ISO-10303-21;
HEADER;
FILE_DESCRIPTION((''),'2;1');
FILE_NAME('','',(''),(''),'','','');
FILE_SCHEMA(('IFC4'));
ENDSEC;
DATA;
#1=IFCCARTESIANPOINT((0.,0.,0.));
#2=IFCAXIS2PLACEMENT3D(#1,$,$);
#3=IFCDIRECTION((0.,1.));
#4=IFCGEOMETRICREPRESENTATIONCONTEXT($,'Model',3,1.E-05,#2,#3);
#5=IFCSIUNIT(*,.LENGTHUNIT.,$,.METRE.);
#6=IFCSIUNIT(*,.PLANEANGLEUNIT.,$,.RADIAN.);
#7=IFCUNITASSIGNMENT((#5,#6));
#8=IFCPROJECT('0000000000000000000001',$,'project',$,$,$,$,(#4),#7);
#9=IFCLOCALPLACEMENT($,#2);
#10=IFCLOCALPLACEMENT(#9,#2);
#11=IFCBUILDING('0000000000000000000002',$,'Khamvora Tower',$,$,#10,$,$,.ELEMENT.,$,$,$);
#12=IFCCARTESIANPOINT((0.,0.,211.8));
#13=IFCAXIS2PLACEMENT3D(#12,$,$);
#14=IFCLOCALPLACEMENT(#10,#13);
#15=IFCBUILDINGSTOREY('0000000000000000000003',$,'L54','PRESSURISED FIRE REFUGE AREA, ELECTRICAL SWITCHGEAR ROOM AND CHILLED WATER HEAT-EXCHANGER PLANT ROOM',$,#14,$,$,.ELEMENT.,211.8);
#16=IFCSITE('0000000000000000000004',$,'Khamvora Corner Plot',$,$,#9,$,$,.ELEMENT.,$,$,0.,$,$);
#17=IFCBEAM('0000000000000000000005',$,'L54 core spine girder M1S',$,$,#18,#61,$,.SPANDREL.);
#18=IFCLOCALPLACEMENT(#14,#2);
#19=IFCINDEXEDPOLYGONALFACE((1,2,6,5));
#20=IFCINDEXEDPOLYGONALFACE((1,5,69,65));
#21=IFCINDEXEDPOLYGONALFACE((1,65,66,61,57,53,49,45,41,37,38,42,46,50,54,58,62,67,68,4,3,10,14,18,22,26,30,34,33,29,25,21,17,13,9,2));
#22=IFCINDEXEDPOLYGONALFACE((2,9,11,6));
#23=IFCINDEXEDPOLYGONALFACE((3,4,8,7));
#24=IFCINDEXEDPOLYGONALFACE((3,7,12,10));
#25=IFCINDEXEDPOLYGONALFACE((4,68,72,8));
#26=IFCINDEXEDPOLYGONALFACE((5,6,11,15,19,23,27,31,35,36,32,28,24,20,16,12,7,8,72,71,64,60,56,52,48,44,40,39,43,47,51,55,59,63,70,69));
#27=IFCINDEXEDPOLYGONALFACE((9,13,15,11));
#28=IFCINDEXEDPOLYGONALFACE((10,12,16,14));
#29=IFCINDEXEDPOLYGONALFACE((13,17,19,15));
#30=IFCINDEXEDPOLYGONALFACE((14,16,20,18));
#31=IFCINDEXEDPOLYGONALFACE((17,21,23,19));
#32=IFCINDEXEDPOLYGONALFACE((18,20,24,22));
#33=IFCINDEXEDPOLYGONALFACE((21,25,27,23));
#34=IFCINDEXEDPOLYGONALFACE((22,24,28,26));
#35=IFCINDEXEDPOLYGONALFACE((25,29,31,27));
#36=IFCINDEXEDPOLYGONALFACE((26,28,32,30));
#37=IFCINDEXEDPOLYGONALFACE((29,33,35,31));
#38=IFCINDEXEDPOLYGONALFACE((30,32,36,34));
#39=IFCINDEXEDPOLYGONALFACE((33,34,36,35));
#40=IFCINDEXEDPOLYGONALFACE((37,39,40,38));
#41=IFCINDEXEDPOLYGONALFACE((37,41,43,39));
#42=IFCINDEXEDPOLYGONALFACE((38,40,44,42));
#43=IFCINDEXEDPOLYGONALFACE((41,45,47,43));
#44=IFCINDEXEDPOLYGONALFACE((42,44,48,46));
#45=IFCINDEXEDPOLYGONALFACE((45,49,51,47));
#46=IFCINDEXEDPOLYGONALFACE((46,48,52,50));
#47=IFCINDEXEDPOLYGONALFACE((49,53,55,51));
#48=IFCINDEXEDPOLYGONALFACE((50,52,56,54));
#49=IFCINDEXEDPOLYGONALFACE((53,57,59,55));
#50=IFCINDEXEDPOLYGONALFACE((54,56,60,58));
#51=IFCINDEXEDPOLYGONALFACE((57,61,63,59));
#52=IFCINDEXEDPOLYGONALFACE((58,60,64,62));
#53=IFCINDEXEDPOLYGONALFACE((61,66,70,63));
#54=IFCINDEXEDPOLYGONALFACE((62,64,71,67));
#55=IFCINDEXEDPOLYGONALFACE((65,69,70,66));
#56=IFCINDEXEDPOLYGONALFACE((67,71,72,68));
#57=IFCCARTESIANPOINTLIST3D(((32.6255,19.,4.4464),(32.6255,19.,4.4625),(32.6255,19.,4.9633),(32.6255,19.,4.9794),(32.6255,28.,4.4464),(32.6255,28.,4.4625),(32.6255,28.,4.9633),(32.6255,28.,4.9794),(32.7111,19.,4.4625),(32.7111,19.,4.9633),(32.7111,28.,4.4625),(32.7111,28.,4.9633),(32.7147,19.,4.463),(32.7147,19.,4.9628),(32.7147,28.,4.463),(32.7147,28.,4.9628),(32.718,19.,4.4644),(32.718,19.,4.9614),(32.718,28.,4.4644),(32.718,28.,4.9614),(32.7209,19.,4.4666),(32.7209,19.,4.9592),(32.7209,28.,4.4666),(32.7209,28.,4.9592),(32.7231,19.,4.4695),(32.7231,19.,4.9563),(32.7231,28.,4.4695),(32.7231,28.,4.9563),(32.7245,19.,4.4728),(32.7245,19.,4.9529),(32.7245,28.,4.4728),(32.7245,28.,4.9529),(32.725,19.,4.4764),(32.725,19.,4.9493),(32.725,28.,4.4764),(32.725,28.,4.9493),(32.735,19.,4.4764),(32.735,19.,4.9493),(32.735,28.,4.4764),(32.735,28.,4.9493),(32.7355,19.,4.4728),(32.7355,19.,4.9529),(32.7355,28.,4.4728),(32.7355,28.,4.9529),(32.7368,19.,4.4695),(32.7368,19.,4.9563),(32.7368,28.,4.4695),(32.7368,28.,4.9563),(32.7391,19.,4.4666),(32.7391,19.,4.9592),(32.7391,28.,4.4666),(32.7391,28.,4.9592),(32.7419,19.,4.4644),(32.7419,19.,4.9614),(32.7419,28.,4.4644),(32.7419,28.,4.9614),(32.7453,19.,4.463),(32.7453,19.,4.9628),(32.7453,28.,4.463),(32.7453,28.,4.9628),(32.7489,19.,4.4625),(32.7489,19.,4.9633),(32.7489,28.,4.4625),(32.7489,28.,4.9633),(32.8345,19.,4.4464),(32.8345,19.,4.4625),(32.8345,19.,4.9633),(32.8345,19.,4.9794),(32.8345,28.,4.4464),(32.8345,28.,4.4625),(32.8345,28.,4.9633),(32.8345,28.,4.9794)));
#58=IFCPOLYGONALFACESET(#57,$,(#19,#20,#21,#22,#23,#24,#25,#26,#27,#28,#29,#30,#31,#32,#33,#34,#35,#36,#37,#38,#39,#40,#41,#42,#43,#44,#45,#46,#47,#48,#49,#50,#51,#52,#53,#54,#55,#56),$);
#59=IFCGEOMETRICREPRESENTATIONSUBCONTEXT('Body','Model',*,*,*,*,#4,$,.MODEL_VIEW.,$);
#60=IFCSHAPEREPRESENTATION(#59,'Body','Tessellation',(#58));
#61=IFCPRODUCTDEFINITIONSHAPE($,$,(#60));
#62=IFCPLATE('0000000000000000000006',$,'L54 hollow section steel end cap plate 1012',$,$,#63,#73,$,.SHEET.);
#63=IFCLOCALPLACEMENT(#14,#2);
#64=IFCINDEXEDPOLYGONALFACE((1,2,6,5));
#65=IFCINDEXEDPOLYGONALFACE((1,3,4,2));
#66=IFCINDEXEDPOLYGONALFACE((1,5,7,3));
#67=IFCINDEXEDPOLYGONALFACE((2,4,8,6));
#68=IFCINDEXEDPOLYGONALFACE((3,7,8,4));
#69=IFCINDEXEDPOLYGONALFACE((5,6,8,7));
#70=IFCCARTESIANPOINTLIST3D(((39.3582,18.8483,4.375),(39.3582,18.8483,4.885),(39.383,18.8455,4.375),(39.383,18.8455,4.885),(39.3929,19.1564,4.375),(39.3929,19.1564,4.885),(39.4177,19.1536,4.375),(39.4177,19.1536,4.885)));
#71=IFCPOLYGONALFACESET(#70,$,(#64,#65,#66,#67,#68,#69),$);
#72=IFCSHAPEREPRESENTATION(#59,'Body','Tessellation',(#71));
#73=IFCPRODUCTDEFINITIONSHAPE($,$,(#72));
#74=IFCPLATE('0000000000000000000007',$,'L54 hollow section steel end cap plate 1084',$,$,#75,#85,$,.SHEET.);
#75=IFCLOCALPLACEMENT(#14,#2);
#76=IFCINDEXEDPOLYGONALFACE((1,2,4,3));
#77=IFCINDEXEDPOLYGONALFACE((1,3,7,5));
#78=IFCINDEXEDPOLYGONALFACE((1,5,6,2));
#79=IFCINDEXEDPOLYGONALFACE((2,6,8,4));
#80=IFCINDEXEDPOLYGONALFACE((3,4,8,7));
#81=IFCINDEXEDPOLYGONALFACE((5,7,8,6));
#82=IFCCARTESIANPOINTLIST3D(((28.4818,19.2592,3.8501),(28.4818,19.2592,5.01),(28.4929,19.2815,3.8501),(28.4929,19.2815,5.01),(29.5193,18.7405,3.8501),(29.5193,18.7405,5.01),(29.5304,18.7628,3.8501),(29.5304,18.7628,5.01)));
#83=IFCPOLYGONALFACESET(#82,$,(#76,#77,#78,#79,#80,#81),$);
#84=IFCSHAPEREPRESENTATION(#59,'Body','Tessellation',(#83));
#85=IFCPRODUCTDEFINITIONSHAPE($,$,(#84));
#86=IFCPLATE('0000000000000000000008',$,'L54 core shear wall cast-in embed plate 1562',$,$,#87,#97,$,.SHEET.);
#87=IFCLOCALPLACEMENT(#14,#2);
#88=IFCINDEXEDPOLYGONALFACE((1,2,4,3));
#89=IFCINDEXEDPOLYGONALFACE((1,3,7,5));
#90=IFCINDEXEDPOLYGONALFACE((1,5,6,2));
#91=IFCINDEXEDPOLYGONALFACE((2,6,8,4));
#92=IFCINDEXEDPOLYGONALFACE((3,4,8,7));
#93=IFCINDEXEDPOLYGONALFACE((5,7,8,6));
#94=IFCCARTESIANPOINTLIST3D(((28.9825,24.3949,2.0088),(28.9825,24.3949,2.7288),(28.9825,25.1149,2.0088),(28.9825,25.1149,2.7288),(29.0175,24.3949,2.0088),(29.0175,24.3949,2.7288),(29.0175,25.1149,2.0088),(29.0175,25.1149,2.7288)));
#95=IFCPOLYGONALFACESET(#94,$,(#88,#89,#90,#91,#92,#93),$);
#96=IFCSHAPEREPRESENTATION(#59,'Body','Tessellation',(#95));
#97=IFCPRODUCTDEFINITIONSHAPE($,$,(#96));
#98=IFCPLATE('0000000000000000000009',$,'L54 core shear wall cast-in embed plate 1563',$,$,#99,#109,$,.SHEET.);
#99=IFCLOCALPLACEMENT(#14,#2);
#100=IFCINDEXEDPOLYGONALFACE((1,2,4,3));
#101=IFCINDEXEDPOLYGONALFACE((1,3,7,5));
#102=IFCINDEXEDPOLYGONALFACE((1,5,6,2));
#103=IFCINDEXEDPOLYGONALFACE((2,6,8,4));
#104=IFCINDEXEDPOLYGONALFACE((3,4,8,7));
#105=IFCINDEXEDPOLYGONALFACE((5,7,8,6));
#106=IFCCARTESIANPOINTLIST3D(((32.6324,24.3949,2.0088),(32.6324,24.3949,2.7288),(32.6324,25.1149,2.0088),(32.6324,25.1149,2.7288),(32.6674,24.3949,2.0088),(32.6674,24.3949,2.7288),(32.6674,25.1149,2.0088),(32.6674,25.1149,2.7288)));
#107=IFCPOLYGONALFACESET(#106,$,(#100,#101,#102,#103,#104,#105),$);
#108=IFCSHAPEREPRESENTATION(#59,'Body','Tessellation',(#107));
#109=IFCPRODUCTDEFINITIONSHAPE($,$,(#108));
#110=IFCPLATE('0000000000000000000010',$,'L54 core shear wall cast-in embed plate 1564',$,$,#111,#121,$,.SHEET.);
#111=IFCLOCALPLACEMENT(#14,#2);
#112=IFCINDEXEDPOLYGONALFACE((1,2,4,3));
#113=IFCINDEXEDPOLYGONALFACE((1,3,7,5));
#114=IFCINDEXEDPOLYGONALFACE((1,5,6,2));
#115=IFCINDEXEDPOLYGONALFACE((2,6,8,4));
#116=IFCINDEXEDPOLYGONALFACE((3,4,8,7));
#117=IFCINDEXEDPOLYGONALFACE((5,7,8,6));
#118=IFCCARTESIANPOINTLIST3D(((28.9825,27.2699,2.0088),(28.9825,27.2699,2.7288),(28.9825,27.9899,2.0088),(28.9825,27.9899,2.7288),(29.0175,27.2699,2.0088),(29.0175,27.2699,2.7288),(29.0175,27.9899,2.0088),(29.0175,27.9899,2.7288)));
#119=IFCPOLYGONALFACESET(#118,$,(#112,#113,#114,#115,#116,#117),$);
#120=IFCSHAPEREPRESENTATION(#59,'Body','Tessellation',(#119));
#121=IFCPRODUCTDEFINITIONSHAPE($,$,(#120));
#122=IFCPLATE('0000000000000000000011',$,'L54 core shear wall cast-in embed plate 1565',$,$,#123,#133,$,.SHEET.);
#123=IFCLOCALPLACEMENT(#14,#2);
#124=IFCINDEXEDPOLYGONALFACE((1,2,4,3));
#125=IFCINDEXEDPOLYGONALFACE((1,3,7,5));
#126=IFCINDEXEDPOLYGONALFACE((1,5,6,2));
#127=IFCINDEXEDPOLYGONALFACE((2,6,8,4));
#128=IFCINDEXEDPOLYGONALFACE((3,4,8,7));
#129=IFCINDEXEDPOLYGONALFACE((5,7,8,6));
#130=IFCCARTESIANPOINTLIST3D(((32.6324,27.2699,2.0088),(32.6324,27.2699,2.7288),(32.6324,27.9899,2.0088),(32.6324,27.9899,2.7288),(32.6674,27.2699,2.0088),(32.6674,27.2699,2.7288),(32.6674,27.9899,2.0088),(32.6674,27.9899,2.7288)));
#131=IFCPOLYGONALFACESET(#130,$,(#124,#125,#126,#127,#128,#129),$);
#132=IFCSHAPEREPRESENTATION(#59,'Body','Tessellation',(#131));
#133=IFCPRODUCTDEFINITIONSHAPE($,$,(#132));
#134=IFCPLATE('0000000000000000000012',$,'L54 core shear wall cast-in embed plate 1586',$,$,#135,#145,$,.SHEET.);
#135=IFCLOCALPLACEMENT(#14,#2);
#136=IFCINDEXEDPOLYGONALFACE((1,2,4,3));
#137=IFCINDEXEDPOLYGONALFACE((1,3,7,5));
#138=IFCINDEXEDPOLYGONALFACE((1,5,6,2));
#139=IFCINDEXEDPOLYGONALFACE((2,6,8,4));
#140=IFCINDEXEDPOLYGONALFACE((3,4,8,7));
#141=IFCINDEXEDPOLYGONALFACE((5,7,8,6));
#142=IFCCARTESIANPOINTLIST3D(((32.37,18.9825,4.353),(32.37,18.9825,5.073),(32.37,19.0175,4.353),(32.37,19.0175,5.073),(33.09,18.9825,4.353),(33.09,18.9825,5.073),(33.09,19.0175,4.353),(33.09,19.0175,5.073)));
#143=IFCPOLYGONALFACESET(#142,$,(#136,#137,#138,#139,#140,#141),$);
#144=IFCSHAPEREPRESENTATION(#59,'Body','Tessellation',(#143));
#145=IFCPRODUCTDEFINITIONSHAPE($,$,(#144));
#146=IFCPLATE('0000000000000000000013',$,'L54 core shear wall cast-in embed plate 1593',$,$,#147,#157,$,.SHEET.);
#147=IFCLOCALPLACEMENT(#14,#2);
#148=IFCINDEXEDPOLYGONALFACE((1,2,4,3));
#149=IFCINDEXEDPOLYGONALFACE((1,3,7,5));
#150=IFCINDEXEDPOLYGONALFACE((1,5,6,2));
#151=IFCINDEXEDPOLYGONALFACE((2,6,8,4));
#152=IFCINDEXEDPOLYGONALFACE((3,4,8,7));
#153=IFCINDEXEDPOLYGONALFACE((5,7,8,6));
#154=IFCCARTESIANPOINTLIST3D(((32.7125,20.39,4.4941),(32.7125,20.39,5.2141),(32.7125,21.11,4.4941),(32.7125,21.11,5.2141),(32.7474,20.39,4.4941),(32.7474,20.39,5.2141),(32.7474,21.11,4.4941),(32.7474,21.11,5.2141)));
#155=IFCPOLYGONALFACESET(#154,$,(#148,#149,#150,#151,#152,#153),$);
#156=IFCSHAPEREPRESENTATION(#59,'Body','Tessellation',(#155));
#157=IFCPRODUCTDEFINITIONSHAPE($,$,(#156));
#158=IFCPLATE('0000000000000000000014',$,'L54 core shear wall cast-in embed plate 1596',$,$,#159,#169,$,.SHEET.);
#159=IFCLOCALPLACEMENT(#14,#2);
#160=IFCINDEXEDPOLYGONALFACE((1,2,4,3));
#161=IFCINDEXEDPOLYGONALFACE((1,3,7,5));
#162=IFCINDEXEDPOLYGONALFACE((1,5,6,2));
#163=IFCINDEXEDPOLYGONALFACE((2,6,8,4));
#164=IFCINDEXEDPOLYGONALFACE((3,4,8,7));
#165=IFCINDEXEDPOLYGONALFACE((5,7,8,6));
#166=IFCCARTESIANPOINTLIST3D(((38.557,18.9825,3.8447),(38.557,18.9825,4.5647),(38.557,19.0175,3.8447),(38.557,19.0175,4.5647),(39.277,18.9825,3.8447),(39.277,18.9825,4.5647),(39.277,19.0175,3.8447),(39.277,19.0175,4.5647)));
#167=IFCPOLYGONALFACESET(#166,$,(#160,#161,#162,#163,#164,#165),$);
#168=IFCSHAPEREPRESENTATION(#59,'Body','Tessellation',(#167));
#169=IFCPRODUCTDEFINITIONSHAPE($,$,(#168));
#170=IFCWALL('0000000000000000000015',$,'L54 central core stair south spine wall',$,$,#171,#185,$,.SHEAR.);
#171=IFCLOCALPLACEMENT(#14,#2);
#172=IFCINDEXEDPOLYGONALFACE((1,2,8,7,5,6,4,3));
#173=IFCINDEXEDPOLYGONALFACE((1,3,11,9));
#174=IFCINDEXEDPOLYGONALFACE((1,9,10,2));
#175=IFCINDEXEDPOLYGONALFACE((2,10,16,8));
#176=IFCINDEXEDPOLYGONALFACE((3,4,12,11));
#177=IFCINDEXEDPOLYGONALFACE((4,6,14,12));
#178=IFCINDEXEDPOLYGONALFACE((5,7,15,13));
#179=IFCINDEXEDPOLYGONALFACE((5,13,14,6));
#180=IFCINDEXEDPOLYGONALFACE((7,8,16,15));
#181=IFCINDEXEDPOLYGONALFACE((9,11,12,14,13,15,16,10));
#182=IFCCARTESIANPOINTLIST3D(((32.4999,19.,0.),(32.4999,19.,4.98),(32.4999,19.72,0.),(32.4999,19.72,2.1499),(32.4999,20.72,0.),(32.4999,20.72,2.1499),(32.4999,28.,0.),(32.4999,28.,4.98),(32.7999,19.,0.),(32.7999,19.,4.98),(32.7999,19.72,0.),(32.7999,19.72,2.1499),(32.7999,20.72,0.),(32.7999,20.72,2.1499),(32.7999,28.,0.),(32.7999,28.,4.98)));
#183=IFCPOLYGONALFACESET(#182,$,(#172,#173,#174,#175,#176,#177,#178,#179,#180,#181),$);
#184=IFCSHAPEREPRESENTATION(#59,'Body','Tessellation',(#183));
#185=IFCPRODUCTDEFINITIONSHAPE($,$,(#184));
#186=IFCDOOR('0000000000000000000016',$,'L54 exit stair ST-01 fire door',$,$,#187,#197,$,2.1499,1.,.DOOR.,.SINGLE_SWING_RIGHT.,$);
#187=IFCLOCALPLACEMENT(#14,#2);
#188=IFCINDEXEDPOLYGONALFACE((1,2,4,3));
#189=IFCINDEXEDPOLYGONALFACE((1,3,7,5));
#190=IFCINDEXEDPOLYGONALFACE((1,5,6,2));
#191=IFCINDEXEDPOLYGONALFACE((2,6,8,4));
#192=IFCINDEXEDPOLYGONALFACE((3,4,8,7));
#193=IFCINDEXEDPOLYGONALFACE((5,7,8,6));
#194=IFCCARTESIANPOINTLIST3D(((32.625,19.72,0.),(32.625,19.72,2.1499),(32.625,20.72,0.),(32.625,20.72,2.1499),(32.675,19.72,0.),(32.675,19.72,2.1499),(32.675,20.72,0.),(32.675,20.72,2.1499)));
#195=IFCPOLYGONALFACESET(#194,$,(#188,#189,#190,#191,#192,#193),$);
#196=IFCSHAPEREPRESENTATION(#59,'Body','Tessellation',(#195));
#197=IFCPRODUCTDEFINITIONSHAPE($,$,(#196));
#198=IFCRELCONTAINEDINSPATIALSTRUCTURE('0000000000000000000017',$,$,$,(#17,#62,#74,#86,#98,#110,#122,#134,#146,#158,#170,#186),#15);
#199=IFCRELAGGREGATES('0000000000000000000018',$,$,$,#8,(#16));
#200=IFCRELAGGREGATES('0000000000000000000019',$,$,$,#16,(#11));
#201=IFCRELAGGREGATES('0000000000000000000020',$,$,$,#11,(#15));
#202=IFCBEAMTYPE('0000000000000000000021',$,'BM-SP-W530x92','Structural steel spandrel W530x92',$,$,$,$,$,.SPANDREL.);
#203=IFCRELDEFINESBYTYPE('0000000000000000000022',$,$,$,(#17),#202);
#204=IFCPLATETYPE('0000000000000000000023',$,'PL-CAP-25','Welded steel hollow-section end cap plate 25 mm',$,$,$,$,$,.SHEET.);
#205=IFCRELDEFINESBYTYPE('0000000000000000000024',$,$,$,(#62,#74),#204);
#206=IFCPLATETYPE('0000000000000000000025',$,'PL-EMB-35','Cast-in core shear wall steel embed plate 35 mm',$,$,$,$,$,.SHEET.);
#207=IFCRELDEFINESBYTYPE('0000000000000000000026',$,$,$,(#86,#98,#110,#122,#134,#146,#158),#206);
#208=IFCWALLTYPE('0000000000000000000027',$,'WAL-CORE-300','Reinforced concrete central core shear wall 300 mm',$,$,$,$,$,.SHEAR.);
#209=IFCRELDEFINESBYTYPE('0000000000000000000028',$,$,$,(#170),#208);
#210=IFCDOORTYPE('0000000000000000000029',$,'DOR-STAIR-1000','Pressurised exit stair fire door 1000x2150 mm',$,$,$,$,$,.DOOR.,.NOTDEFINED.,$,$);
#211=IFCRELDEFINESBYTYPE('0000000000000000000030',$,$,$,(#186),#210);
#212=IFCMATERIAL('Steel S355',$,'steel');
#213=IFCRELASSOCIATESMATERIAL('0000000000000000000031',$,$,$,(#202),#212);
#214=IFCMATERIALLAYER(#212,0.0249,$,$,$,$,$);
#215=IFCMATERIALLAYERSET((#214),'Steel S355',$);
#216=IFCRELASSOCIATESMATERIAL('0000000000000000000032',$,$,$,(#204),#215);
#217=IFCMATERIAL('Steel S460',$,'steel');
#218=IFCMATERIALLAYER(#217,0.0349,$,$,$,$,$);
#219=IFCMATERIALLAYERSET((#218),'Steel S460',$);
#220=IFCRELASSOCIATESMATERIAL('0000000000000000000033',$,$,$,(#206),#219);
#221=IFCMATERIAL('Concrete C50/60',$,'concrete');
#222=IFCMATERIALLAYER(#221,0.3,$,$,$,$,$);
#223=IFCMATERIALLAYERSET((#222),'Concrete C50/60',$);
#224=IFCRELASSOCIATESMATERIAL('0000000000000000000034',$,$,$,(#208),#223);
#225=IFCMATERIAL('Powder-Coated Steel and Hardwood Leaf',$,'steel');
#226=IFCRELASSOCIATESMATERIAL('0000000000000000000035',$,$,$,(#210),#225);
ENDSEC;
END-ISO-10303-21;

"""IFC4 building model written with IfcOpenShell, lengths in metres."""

from ifc_helpers import new_model, si_unit, direction, frame, frame_2d, origin, origin_2d, place, context, subcontext, project, spatial, rectangle, i_section, extrude, material, layer, layer_set, material_profile, profile_set, type_object, element, fill, save


model = new_model("IFC4")

# Units and contexts
model_context = context("Model", 3, precision=1e-05, world=origin(), true_north=direction((0.0, 1.0)))
body_context = subcontext(model_context, "Body", "Model", "MODEL_VIEW")
ifc_project = project(units=[si_unit("LENGTHUNIT", "METRE"), si_unit("PLANEANGLEUNIT", "RADIAN")], contexts=[model_context])

# Site, building, storey
site_placement = place(None, origin())
site = spatial("IfcSite", under=ifc_project, at=site_placement, Name="Khamvora Corner Plot", CompositionType="ELEMENT", RefElevation=0.0)
building_placement = place(site_placement, origin())
building = spatial("IfcBuilding", under=site, at=building_placement, Name="Khamvora Tower", CompositionType="ELEMENT")
storey_placement = place(building_placement, frame((0.0, 0.0, 211.8)))
storey = spatial("IfcBuildingStorey", under=building, at=storey_placement, Name="L54", Description="PRESSURISED FIRE REFUGE AREA, ELECTRICAL SWITCHGEAR ROOM AND CHILLED WATER HEAT-EXCHANGER PLANT ROOM", CompositionType="ELEMENT", Elevation=211.8)

# Shared definitions
ifc_material_1 = material(Name="Steel S460", Category="steel")

# Beam
ifc_material_2 = material(Name="Steel S355", Category="steel")
ifc_material_profile_1 = material_profile(ifc_material_2, i_section(OverallWidth=0.209, OverallDepth=0.533, WebThickness=0.01, FlangeThickness=0.0161, FilletRadius=0.0139, at=origin_2d()), Name="W530x92")
ifc_profile_set_1 = profile_set([ifc_material_profile_1], Name="Steel S355")
beam_type_1 = type_object("IfcBeamType", Name="BM-SP-W530x92", Description="Structural steel spandrel W530x92", PredefinedType="SPANDREL", material=ifc_profile_set_1)
beam_1_placement = place(storey_placement, frame((32.73, 19.0, 4.7129), z_axis=(0.0, 1.0, 0.0), x_axis=(-1.0, 0.0, 0.0)))
element("IfcBeam", 1, at=beam_1_placement, inside=storey, type_object=beam_type_1, Name="L54 core spine girder M1S", PredefinedType="SPANDREL", context=body_context, shape_type="SweptSolid", body=[
    extrude(i_section(OverallWidth=0.209, OverallDepth=0.533, WebThickness=0.01, FlangeThickness=0.0161, FilletRadius=0.0139, at=origin_2d()), origin(), (0.0, 0.0, 1.0), 9.0),
])

# Plates
ifc_layer_1 = layer(ifc_material_2, 0.0249)
ifc_layer_set_1 = layer_set([ifc_layer_1], Name="Steel S355")
plate_type_1 = type_object("IfcPlateType", Name="PL-CAP-25", Description="Welded steel hollow-section end cap plate 25 mm", PredefinedType="SHEET", material=ifc_layer_set_1)
plate_1_placement = place(storey_placement, frame((39.3879, 19.001, 4.375), z_axis=(0.0, 0.0, 1.0), x_axis=(0.993711, -0.111972, 0.0)))
element("IfcPlate", 2, at=plate_1_placement, inside=storey, type_object=plate_type_1, Name="L54 hollow section steel end cap plate 1012", PredefinedType="SHEET", context=body_context, shape_type="SweptSolid", body=[
    extrude(rectangle(XDim=0.0249, YDim=0.3101, at=origin_2d()), origin(), (0.0, 0.0, 1.0), 0.51),
])
plate_2_placement = place(storey_placement, frame((29.0061, 19.011, 3.8501), z_axis=(0.0, 0.0, 1.0), x_axis=(-0.447213, -0.894428, 0.0)))
element("IfcPlate", 3, at=plate_2_placement, inside=storey, type_object=plate_type_1, Name="L54 hollow section steel end cap plate 1084", PredefinedType="SHEET", context=body_context, shape_type="SweptSolid", body=[
    extrude(rectangle(XDim=0.0249, YDim=1.1599, at=origin_2d()), origin(), (0.0, 0.0, 1.0), 1.1599),
])
ifc_layer_2 = layer(ifc_material_1, 0.0349)
ifc_layer_set_2 = layer_set([ifc_layer_2], Name="Steel S460")
plate_type_2 = type_object("IfcPlateType", Name="PL-EMB-35", Description="Cast-in core shear wall steel embed plate 35 mm", PredefinedType="SHEET", material=ifc_layer_set_2)
for number, where, z_axis, x_axis, name in (
    (4, (29.0, 24.7549, 2.0088), (0.0, 0.0, 1.0), (1.0, 0.0, 0.0), "L54 core shear wall cast-in embed plate 1562"),
    (5, (32.6499, 24.7549, 2.0088), (0.0, 0.0, 1.0), (1.0, 0.0, 0.0), "L54 core shear wall cast-in embed plate 1563"),
    (6, (29.0, 27.6299, 2.0088), (0.0, 0.0, 1.0), (1.0, 0.0, 0.0), "L54 core shear wall cast-in embed plate 1564"),
    (7, (32.6499, 27.6299, 2.0088), (0.0, 0.0, 1.0), (1.0, 0.0, 0.0), "L54 core shear wall cast-in embed plate 1565"),
):
    element("IfcPlate", number, at=place(storey_placement, frame(where, z_axis=z_axis, x_axis=x_axis)), inside=storey, type_object=plate_type_2, Name=name, PredefinedType="SHEET", context=body_context, shape_type="SweptSolid", body=[
        extrude(rectangle(XDim=0.0349, YDim=0.72, at=origin_2d()), origin(), (0.0, 0.0, 1.0), 0.72),
    ])
plate_3_placement = place(storey_placement, frame((32.73, 19.0, 4.353), z_axis=(0.0, 0.0, 1.0), x_axis=(1.0, 0.0, 0.0)))
element("IfcPlate", 8, at=plate_3_placement, inside=storey, type_object=plate_type_2, Name="L54 core shear wall cast-in embed plate 1586", PredefinedType="SHEET", context=body_context, shape_type="SweptSolid", body=[
    extrude(rectangle(XDim=0.72, YDim=0.0349, at=origin_2d()), origin(), (0.0, 0.0, 1.0), 0.72),
])
plate_4_placement = place(storey_placement, frame((32.73, 20.75, 4.4941), z_axis=(0.0, 0.0, 1.0), x_axis=(1.0, 0.0, 0.0)))
element("IfcPlate", 9, at=plate_4_placement, inside=storey, type_object=plate_type_2, Name="L54 core shear wall cast-in embed plate 1593", PredefinedType="SHEET", context=body_context, shape_type="SweptSolid", body=[
    extrude(rectangle(XDim=0.0349, YDim=0.72, at=origin_2d()), origin(), (0.0, 0.0, 1.0), 0.72),
])
plate_5_placement = place(storey_placement, frame((38.917, 19.0, 3.8447), z_axis=(0.0, 0.0, 1.0), x_axis=(1.0, 0.0, 0.0)))
element("IfcPlate", 10, at=plate_5_placement, inside=storey, type_object=plate_type_2, Name="L54 core shear wall cast-in embed plate 1596", PredefinedType="SHEET", context=body_context, shape_type="SweptSolid", body=[
    extrude(rectangle(XDim=0.72, YDim=0.0349, at=origin_2d()), origin(), (0.0, 0.0, 1.0), 0.72),
])

# Wall, opening, door
ifc_material_3 = material(Name="Concrete C50/60", Category="concrete")
ifc_layer_3 = layer(ifc_material_3, 0.3)
ifc_layer_set_3 = layer_set([ifc_layer_3], Name="Concrete C50/60")
wall_type_1 = type_object("IfcWallType", Name="WAL-CORE-300", Description="Reinforced concrete central core shear wall 300 mm", PredefinedType="SHEAR", material=ifc_layer_set_3)
wall_1_placement = place(storey_placement, frame((32.6499, 19.0, 0.0), z_axis=(0.0, 0.0, 1.0), x_axis=(0.0, 1.0, 0.0)))
wall_1 = element("IfcWall", 11, at=wall_1_placement, inside=storey, type_object=wall_type_1, Name="L54 central core stair south spine wall", PredefinedType="SHEAR", context=body_context, shape_type="SweptSolid", body=[
    extrude(rectangle(XDim=9.0, YDim=0.3, at=frame_2d((4.5, 0.0))), origin(), (0.0, 0.0, 1.0), 4.98),
])
opening_1_placement = place(wall_1_placement, frame((0.72, 0.0, 0.0)))
opening_1 = element("IfcOpeningElement", 12, at=opening_1_placement, cuts=wall_1, PredefinedType="OPENING", context=body_context, shape_type="SweptSolid", body=[
    extrude(rectangle(XDim=1.0, YDim=2.1499, at=frame_2d((0.5, 1.075))), frame((0.0, 0.1599, 0.0), z_axis=(0.0, -1.0, 0.0), x_axis=(1.0, 0.0, 0.0)), (0.0, 0.0, 1.0), 0.3201),
])
ifc_material_4 = material(Name="Powder-Coated Steel and Hardwood Leaf", Category="steel")
door_type_1 = type_object("IfcDoorType", Name="DOR-STAIR-1000", Description="Pressurised exit stair fire door 1000x2150 mm", OperationType="NOTDEFINED", PredefinedType="DOOR", material=ifc_material_4)
door_1_placement = place(opening_1_placement, origin())
door_1 = element("IfcDoor", 13, at=door_1_placement, inside=storey, type_object=door_type_1, Name="L54 exit stair ST-01 fire door", OperationType="SINGLE_SWING_RIGHT", OverallHeight=2.1499, OverallWidth=1.0, PredefinedType="DOOR", context=body_context, shape_type="SweptSolid", body=[
    extrude(rectangle(XDim=1.0, YDim=2.1499, at=frame_2d((0.5, 1.075))), frame((0.0, 0.0249, 0.0), z_axis=(0.0, -1.0, 0.0), x_axis=(1.0, 0.0, 0.0)), (0.0, 0.0, 1.0), 0.05),
])
fill(opening_1, door_1)

save(model, "model.ifc")
